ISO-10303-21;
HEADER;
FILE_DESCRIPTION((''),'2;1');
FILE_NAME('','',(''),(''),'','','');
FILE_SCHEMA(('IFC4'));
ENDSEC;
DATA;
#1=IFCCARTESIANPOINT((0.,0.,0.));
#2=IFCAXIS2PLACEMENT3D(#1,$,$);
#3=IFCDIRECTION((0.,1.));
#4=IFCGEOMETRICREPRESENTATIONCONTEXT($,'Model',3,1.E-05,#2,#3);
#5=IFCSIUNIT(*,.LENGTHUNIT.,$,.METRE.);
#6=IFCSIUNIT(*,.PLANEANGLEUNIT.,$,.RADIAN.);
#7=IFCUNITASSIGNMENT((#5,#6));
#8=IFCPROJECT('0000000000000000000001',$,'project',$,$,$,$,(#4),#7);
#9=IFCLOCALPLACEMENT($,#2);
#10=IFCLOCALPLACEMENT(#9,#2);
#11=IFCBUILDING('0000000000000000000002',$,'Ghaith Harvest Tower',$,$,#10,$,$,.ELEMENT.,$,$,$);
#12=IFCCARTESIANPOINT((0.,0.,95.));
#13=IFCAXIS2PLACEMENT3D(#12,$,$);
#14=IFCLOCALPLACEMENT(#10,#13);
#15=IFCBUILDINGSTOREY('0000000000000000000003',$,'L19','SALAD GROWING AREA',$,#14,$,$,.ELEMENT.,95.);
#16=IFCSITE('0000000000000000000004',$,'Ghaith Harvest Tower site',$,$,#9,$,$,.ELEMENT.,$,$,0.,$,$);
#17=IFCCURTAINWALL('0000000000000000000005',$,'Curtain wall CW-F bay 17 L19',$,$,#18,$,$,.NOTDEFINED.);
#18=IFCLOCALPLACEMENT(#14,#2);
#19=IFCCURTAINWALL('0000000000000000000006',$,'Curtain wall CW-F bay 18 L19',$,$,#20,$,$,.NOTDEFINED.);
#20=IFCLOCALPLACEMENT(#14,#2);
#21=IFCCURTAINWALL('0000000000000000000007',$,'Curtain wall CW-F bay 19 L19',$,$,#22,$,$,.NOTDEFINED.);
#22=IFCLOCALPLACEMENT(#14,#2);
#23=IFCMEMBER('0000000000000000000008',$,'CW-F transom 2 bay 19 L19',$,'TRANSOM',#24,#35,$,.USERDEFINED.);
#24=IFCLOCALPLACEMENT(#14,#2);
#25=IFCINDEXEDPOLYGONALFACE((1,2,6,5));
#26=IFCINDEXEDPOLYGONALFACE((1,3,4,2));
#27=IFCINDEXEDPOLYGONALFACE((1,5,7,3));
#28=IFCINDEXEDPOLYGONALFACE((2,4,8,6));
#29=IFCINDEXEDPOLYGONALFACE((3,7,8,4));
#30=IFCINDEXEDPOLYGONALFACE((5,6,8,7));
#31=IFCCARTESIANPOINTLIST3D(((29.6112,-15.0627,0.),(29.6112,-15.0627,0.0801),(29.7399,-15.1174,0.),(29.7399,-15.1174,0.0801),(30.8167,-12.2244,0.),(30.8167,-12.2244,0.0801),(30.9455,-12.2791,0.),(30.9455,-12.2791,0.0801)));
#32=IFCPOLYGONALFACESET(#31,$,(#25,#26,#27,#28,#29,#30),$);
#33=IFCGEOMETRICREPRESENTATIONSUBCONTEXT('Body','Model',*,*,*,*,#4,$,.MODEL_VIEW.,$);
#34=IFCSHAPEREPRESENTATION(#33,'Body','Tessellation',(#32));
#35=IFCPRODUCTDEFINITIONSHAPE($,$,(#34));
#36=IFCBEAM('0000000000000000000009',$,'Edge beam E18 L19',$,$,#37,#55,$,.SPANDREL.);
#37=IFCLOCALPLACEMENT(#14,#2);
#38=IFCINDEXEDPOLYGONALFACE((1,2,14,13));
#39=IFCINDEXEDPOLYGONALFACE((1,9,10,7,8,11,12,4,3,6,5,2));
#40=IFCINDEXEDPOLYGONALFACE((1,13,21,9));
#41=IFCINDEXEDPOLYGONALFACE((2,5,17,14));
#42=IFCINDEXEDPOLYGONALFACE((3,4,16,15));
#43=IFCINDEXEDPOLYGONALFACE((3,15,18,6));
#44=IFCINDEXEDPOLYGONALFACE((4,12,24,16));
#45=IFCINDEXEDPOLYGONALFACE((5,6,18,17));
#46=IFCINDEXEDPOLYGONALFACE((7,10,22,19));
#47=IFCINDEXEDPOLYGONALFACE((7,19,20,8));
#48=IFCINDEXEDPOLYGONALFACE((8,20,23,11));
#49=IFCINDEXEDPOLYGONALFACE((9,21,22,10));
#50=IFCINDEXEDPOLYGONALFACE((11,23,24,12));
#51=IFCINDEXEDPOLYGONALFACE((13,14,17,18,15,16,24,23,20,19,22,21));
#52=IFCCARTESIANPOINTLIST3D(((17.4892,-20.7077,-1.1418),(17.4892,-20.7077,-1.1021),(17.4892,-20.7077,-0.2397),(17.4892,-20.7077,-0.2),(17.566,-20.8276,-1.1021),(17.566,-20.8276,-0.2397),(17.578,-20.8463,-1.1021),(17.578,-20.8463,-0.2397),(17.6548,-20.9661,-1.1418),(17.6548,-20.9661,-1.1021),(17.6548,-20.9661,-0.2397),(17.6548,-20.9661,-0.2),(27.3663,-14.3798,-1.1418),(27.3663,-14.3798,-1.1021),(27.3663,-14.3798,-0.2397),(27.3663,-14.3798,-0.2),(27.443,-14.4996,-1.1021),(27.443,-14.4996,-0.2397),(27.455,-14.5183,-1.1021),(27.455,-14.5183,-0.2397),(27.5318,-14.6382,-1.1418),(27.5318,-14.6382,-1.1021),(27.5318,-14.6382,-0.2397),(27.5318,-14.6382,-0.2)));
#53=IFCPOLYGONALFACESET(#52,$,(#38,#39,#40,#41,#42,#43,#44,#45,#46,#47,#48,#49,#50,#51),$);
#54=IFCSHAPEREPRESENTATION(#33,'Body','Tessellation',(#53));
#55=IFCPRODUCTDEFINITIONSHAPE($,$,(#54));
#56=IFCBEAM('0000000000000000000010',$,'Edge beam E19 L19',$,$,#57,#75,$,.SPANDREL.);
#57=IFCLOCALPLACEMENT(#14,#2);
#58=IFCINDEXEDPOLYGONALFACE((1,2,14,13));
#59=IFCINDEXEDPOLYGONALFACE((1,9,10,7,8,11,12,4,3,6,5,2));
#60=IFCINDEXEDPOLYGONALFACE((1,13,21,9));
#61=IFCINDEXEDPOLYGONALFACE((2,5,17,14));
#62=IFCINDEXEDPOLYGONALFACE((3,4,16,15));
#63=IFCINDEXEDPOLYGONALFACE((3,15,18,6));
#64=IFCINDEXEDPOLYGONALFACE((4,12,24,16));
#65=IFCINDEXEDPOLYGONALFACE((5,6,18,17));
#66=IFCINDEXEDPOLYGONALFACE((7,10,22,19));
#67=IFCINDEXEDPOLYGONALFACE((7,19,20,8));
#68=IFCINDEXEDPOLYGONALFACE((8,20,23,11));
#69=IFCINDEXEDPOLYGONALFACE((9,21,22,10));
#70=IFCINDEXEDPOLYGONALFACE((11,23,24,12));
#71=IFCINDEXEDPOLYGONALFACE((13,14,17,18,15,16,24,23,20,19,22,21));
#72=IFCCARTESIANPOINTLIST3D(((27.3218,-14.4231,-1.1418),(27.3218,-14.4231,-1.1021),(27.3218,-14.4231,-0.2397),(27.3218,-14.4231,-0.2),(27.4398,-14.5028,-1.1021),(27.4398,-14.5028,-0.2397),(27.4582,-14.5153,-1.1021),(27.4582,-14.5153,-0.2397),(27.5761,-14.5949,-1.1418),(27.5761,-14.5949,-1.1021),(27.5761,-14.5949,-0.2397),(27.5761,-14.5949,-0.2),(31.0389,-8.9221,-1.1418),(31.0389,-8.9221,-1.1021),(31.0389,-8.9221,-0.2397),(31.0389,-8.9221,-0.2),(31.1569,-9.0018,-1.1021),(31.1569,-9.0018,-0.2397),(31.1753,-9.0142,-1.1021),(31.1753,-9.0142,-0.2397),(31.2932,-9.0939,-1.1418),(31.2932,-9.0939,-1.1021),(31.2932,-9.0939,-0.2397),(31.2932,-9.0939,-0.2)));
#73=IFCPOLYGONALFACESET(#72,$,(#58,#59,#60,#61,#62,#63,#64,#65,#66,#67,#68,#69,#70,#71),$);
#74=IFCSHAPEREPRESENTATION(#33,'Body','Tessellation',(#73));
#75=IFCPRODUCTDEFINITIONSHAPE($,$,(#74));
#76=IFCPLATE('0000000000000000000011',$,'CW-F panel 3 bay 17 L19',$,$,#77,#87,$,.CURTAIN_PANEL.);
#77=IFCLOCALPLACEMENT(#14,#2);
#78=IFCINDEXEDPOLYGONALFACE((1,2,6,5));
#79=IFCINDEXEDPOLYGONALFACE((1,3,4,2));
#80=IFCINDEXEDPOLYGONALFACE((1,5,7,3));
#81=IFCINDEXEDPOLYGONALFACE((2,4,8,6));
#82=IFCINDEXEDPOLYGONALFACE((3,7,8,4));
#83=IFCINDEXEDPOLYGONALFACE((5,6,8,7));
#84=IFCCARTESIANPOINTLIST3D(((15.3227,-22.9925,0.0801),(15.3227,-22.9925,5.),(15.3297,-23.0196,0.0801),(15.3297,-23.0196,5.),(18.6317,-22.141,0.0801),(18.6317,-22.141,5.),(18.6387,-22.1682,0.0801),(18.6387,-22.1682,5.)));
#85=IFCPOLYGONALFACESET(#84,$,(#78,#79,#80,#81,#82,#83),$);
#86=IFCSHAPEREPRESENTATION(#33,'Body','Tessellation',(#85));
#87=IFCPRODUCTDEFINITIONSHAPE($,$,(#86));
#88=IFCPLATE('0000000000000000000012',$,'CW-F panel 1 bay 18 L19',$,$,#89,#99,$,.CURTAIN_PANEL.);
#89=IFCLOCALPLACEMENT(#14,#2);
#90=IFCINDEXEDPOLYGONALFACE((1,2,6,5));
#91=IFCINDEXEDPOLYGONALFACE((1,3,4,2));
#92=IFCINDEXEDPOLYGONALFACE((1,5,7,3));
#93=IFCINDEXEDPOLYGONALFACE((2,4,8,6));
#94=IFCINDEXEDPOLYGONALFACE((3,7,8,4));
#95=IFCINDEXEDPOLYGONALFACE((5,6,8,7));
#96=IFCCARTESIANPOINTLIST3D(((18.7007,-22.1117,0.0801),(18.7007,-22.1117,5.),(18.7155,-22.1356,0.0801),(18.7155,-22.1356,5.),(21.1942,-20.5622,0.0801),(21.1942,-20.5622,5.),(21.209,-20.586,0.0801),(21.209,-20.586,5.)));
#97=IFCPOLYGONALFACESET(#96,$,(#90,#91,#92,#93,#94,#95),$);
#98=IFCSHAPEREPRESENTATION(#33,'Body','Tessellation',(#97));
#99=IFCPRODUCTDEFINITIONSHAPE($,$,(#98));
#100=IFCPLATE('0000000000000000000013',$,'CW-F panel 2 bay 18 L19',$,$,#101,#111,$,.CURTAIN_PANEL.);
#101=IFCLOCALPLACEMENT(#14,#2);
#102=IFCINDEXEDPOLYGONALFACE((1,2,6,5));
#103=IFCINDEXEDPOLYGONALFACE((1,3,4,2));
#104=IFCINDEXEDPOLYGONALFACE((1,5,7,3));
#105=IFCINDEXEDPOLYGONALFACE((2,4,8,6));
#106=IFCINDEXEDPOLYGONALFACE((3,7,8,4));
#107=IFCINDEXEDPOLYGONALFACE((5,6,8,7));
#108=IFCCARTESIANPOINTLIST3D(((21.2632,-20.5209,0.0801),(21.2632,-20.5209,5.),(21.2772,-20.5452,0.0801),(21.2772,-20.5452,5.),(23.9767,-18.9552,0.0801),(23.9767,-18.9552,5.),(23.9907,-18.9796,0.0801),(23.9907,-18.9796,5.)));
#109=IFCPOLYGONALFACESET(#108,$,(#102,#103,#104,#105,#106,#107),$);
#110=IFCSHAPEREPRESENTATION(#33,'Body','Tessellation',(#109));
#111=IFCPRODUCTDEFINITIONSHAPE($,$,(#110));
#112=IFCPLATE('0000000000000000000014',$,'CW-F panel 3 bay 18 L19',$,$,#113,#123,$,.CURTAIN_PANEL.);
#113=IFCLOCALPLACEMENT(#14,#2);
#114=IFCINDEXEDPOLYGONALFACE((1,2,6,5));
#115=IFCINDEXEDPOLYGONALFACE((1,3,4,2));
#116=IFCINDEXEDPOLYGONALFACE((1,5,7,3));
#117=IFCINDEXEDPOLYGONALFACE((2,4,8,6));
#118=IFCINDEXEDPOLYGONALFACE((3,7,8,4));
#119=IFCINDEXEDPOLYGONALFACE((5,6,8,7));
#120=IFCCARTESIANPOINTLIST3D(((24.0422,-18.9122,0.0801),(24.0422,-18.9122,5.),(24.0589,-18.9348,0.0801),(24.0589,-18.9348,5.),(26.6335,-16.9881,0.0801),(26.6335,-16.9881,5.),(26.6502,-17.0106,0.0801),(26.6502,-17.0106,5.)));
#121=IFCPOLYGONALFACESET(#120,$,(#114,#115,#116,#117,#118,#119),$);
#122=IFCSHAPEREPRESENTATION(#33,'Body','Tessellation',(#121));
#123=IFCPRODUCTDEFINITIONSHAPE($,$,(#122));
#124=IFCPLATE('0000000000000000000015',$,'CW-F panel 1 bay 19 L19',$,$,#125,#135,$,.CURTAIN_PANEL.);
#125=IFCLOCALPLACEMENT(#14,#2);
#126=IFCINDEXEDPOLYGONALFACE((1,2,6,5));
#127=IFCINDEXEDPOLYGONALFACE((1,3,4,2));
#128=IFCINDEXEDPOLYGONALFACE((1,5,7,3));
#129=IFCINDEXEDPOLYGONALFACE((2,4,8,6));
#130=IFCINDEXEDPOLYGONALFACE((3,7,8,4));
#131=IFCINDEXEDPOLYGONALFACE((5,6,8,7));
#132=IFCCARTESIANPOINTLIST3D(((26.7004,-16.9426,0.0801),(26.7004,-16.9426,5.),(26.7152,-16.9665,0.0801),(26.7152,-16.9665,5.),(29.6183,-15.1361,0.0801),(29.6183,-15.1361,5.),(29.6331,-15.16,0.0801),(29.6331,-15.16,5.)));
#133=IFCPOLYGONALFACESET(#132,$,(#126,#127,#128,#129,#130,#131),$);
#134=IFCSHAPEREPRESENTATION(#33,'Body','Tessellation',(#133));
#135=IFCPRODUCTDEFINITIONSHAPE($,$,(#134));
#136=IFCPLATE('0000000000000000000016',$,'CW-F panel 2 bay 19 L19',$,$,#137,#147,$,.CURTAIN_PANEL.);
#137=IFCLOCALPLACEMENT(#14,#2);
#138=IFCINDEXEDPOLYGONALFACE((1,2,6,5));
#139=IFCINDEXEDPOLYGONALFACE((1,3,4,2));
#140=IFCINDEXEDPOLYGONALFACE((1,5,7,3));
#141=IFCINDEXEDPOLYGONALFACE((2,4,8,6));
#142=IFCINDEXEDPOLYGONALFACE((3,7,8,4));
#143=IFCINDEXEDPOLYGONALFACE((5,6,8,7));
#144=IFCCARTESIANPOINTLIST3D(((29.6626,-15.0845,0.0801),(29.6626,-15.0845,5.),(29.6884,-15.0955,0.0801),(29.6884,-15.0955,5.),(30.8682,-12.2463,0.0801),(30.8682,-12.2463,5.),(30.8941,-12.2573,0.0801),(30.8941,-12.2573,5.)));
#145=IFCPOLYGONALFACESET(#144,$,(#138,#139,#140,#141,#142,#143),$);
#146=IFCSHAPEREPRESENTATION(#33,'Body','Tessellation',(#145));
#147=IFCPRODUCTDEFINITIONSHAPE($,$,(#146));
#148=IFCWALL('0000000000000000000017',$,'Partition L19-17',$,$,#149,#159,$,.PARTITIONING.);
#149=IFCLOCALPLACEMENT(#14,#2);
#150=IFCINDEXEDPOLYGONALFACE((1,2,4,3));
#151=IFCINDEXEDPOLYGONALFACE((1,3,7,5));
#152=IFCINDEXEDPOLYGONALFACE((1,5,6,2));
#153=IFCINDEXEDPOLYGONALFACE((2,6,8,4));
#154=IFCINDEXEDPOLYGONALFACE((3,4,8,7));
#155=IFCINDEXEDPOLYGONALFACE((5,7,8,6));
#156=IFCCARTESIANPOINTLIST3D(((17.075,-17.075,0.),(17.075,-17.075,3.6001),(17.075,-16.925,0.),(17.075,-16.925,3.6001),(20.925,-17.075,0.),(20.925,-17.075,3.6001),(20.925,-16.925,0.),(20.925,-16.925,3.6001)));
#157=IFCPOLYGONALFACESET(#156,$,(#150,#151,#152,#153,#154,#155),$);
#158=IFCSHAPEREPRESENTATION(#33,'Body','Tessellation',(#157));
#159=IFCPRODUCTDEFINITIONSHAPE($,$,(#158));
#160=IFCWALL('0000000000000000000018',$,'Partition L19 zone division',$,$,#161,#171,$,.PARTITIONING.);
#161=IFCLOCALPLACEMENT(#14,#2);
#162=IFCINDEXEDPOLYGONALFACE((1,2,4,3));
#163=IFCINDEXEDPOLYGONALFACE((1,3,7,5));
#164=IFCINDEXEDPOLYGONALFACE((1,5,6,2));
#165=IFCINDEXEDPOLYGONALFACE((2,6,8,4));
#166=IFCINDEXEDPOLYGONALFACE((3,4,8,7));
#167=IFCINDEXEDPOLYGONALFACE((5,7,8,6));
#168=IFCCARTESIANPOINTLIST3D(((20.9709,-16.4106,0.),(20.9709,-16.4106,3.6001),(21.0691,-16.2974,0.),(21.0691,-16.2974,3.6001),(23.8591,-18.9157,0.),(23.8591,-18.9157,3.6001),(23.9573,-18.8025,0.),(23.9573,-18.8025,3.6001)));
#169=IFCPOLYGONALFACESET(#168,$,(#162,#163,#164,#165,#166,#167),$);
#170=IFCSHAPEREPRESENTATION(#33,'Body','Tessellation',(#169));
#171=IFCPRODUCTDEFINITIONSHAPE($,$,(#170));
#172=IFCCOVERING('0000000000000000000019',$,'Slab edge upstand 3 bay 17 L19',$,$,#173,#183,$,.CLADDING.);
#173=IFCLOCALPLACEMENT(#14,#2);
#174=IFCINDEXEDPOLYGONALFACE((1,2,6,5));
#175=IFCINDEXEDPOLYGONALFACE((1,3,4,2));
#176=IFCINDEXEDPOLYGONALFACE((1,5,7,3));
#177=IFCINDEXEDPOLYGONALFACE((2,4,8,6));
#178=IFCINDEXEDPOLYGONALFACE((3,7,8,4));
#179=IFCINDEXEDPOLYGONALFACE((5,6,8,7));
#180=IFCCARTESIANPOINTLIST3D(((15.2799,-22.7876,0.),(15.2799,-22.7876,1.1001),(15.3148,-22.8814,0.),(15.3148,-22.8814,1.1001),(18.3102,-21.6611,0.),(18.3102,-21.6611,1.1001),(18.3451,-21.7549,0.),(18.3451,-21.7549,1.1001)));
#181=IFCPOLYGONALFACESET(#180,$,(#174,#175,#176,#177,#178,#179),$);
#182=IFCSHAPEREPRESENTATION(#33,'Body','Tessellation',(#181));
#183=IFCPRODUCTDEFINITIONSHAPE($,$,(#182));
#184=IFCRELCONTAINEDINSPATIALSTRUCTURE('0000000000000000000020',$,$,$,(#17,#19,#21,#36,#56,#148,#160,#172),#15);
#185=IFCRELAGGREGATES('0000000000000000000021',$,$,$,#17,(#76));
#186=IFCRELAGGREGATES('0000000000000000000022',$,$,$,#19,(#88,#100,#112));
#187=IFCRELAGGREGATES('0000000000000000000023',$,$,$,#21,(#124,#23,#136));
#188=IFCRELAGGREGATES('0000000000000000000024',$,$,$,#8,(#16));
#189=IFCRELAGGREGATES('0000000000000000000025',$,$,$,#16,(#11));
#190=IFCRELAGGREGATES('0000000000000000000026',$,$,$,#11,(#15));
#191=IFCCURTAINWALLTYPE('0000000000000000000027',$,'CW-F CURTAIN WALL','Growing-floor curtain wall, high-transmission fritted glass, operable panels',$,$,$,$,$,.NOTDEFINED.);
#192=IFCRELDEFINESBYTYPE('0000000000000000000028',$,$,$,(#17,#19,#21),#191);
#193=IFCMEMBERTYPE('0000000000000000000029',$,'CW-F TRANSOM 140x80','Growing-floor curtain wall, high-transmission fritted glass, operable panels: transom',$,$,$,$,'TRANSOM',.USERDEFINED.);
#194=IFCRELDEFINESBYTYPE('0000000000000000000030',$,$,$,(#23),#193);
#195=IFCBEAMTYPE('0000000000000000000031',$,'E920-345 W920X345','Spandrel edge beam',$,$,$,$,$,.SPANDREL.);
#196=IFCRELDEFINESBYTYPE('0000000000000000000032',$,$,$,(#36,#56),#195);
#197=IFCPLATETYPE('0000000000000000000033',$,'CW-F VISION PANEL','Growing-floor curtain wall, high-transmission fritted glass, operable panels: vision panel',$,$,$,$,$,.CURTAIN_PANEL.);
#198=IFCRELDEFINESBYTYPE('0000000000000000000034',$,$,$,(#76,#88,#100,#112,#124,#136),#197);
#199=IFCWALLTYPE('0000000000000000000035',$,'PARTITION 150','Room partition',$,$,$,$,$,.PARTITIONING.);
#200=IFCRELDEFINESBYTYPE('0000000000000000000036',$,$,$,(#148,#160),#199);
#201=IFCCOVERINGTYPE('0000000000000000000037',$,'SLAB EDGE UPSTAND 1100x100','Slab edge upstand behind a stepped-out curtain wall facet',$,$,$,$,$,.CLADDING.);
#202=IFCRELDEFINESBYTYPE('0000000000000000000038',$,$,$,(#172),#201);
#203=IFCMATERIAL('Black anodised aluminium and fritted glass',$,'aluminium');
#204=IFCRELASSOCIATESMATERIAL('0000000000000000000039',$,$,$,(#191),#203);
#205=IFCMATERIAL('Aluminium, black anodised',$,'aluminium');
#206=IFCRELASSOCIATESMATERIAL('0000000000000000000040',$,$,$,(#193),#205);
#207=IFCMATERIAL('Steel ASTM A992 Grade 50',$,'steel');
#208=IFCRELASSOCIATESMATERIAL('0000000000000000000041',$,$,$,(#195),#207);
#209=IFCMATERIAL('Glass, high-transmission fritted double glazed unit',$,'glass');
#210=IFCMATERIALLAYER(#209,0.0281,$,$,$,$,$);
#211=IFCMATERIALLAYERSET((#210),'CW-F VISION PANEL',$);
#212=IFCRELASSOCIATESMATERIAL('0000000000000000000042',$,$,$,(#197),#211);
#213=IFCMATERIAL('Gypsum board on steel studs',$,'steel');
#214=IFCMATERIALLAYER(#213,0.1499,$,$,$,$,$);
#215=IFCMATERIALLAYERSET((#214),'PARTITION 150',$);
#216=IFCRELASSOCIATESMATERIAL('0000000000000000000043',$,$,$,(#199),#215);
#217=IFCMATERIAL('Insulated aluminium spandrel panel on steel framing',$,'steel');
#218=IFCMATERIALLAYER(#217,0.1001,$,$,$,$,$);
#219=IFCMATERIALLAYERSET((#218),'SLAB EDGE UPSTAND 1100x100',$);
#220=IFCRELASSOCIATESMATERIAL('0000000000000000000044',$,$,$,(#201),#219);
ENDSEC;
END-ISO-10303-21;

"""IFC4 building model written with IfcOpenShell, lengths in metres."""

from ifc_helpers import new_model, si_unit, direction, frame, frame_2d, origin, origin_2d, place, context, subcontext, project, spatial, rectangle, i_section, extrude, material, layer, layer_set, material_profile, profile_set, type_object, element, aggregate, save


model = new_model("IFC4")

# Units and contexts
model_context = context("Model", 3, precision=1e-05, world=origin(), true_north=direction((0.0, 1.0)))
body_context = subcontext(model_context, "Body", "Model", "MODEL_VIEW")
ifc_project = project(units=[si_unit("LENGTHUNIT", "METRE"), si_unit("PLANEANGLEUNIT", "RADIAN")], contexts=[model_context])

# Site, building, storey
site_placement = place(None, origin())
site = spatial("IfcSite", under=ifc_project, at=site_placement, Name="Ghaith Harvest Tower site", CompositionType="ELEMENT", RefElevation=0.0)
building_placement = place(site_placement, origin())
building = spatial("IfcBuilding", under=site, at=building_placement, Name="Ghaith Harvest Tower", CompositionType="ELEMENT")
storey_placement = place(building_placement, frame((0.0, 0.0, 95.0)))
storey = spatial("IfcBuildingStorey", under=building, at=storey_placement, Name="L19", Description="SALAD GROWING AREA", CompositionType="ELEMENT", Elevation=95.0)

# Curtain wall
ifc_material_1 = material(Name="Black anodised aluminium and fritted glass", Category="aluminium")
curtain_wall_type = type_object("IfcCurtainWallType", Name="CW-F CURTAIN WALL", Description="Growing-floor curtain wall, high-transmission fritted glass, operable panels", PredefinedType="NOTDEFINED", material=ifc_material_1)
curtain_wall_1_placement = place(storey_placement, origin())
curtain_wall_1 = element("IfcCurtainWall", 1, at=curtain_wall_1_placement, inside=storey, type_object=curtain_wall_type, Name="Curtain wall CW-F bay 17 L19", PredefinedType="NOTDEFINED")

# Curtain walls
curtain_wall_2_placement = place(storey_placement, origin())
curtain_wall_2 = element("IfcCurtainWall", 2, at=curtain_wall_2_placement, inside=storey, type_object=curtain_wall_type, Name="Curtain wall CW-F bay 18 L19", PredefinedType="NOTDEFINED")
curtain_wall_3_placement = place(storey_placement, origin())
curtain_wall_3 = element("IfcCurtainWall", 3, at=curtain_wall_3_placement, inside=storey, type_object=curtain_wall_type, Name="Curtain wall CW-F bay 19 L19", PredefinedType="NOTDEFINED")

# Member
ifc_material_2 = material(Name="Aluminium, black anodised", Category="aluminium")
ifc_material_profile_1 = material_profile(ifc_material_2, rectangle(XDim=0.1399, YDim=0.0801, at=origin_2d()), Name="CW-F TRANSOM 140x80")
ifc_profile_set_1 = profile_set([ifc_material_profile_1], Name="Aluminium, black anodised")
member_type_1 = type_object("IfcMemberType", Name="CW-F TRANSOM 140x80", Description="Growing-floor curtain wall, high-transmission fritted glass, operable panels: transom", ElementType="TRANSOM", PredefinedType="USERDEFINED", material=ifc_profile_set_1)
member_1_placement = place(storey_placement, frame((29.6755, -15.0901, 0.04), z_axis=(0.390936, 0.920418, 0.0), x_axis=(-0.920418, 0.390936, 0.0)))
member_1 = element("IfcMember", 4, at=member_1_placement, type_object=member_type_1, Name="CW-F transom 2 bay 19 L19", ObjectType="TRANSOM", PredefinedType="USERDEFINED", context=body_context, shape_type="SweptSolid", body=[
    extrude(rectangle(XDim=0.1399, YDim=0.0801, at=origin_2d()), origin(), (0.0, 0.0, 1.0), 3.0837),
])

# Beams
ifc_material_3 = material(Name="Steel ASTM A992 Grade 50", Category="steel")
ifc_material_profile_2 = material_profile(ifc_material_3, i_section(OverallWidth=0.3069, OverallDepth=0.9419, WebThickness=0.0222, FlangeThickness=0.0398, at=origin_2d()), Name="W920X345")
ifc_profile_set_2 = profile_set([ifc_material_profile_2], Name="Steel ASTM A992 Grade 50")
beam_type = type_object("IfcBeamType", Name="E920-345 W920X345", Description="Spandrel edge beam", PredefinedType="SPANDREL", material=ifc_profile_set_2)
beam_1_placement = place(storey_placement, frame((17.572, -20.8369, -0.6709), z_axis=(0.842015, 0.539455, 0.0), x_axis=(-0.539455, 0.842015, 0.0)))
element("IfcBeam", 5, at=beam_1_placement, inside=storey, type_object=beam_type, Name="Edge beam E18 L19", PredefinedType="SPANDREL", context=body_context, shape_type="SweptSolid", body=[
    extrude(i_section(OverallWidth=0.3069, OverallDepth=0.9419, WebThickness=0.0222, FlangeThickness=0.0398, at=origin_2d()), origin(), (0.0, 0.0, 1.0), 11.7302),
])
beam_2_placement = place(storey_placement, frame((27.449, -14.509, -0.6709), z_axis=(0.559874, 0.828577, 0.0), x_axis=(-0.828577, 0.559874, 0.0)))
element("IfcBeam", 6, at=beam_2_placement, inside=storey, type_object=beam_type, Name="Edge beam E19 L19", PredefinedType="SPANDREL", context=body_context, shape_type="SweptSolid", body=[
    extrude(i_section(OverallWidth=0.3069, OverallDepth=0.9419, WebThickness=0.0222, FlangeThickness=0.0398, at=origin_2d()), origin(), (0.0, 0.0, 1.0), 6.6392),
])

# Plates
ifc_material_4 = material(Name="Glass, high-transmission fritted double glazed unit", Category="glass")
ifc_layer_1 = layer(ifc_material_4, 0.0281)
ifc_layer_set_1 = layer_set([ifc_layer_1], Name="CW-F VISION PANEL")
plate_type = type_object("IfcPlateType", Name="CW-F VISION PANEL", Description="Growing-floor curtain wall, high-transmission fritted glass, operable panels: vision panel", PredefinedType="CURTAIN_PANEL", material=ifc_layer_set_1)
plate_1_placement = place(storey_placement, frame((16.9807, -22.5803, 0.0801), z_axis=(0.0, 0.0, 1.0), x_axis=(0.968451, 0.249202, 0.0)))
plate_1 = element("IfcPlate", 7, at=plate_1_placement, type_object=plate_type, Name="CW-F panel 3 bay 17 L19", PredefinedType="CURTAIN_PANEL", context=body_context, shape_type="SweptSolid", body=[
    extrude(rectangle(XDim=3.4167, YDim=0.0281, at=origin_2d()), origin(), (0.0, 0.0, 1.0), 4.9199),
])
aggregate(curtain_wall_1, [plate_1])
plate_2_placement = place(storey_placement, frame((19.9548, -21.3489, 0.0801), z_axis=(0.0, 0.0, 1.0), x_axis=(0.849361, 0.527813, 0.0)))
plate_2 = element("IfcPlate", 8, at=plate_2_placement, type_object=plate_type, Name="CW-F panel 1 bay 18 L19", PredefinedType="CURTAIN_PANEL", context=body_context, shape_type="SweptSolid", body=[
    extrude(rectangle(XDim=2.9358, YDim=0.0281, at=origin_2d()), origin(), (0.0, 0.0, 1.0), 4.9199),
])
plate_3_placement = place(storey_placement, frame((22.627, -19.7502, 0.0801), z_axis=(0.0, 0.0, 1.0), x_axis=(0.866159, 0.499768, 0.0)))
plate_3 = element("IfcPlate", 9, at=plate_3_placement, type_object=plate_type, Name="CW-F panel 2 bay 18 L19", PredefinedType="CURTAIN_PANEL", context=body_context, shape_type="SweptSolid", body=[
    extrude(rectangle(XDim=3.1328, YDim=0.0281, at=origin_2d()), origin(), (0.0, 0.0, 1.0), 4.9199),
])
plate_4_placement = place(storey_placement, frame((25.3462, -17.9614, 0.0801), z_axis=(0.0, 0.0, 1.0), x_axis=(0.802867, 0.596158, 0.0)))
plate_4 = element("IfcPlate", 10, at=plate_4_placement, type_object=plate_type, Name="CW-F panel 3 bay 18 L19", PredefinedType="CURTAIN_PANEL", context=body_context, shape_type="SweptSolid", body=[
    extrude(rectangle(XDim=3.2275, YDim=0.0281, at=origin_2d()), origin(), (0.0, 0.0, 1.0), 4.9199),
])
aggregate(curtain_wall_2, [plate_2, plate_3, plate_4])
plate_5_placement = place(storey_placement, frame((28.1667, -16.0513, 0.0801), z_axis=(0.0, 0.0, 1.0), x_axis=(0.850246, 0.526386, 0.0)))
plate_5 = element("IfcPlate", 11, at=plate_5_placement, type_object=plate_type, Name="CW-F panel 1 bay 19 L19", PredefinedType="CURTAIN_PANEL", context=body_context, shape_type="SweptSolid", body=[
    extrude(rectangle(XDim=3.4319, YDim=0.0281, at=origin_2d()), origin(), (0.0, 0.0, 1.0), 4.9199),
])
plate_6_placement = place(storey_placement, frame((30.2783, -13.6709, 0.0801), z_axis=(0.0, 0.0, 1.0), x_axis=(0.39098, 0.920399, 0.0)))
plate_6 = element("IfcPlate", 12, at=plate_6_placement, type_object=plate_type, Name="CW-F panel 2 bay 19 L19", PredefinedType="CURTAIN_PANEL", context=body_context, shape_type="SweptSolid", body=[
    extrude(rectangle(XDim=3.0837, YDim=0.0281, at=origin_2d()), origin(), (0.0, 0.0, 1.0), 4.9199),
])
aggregate(curtain_wall_3, [plate_5, member_1, plate_6])

# Walls
ifc_material_5 = material(Name="Gypsum board on steel studs", Category="steel")
ifc_layer_2 = layer(ifc_material_5, 0.1499)
ifc_layer_set_2 = layer_set([ifc_layer_2], Name="PARTITION 150")
wall_type = type_object("IfcWallType", Name="PARTITION 150", Description="Room partition", PredefinedType="PARTITIONING", material=ifc_layer_set_2)
wall_1_placement = place(storey_placement, frame((17.075, -17.0, 0.0), z_axis=(0.0, 0.0, 1.0), x_axis=(1.0, 0.0, 0.0)))
element("IfcWall", 13, at=wall_1_placement, inside=storey, type_object=wall_type, Name="Partition L19-17", PredefinedType="PARTITIONING", context=body_context, shape_type="SweptSolid", body=[
    extrude(rectangle(XDim=3.8501, YDim=0.1499, at=frame_2d((1.925, 0.0))), origin(), (0.0, 0.0, 1.0), 3.6001),
])
wall_2_placement = place(storey_placement, frame((21.02, -16.354, 0.0), z_axis=(0.0, 0.0, 1.0), x_axis=(0.755426, -0.655234, 0.0)))
element("IfcWall", 14, at=wall_2_placement, inside=storey, type_object=wall_type, Name="Partition L19 zone division", PredefinedType="PARTITIONING", context=body_context, shape_type="SweptSolid", body=[
    extrude(rectangle(XDim=3.8232, YDim=0.1499, at=frame_2d((1.9116, 0.0))), origin(), (0.0, 0.0, 1.0), 3.6001),
])

# Covering
ifc_material_6 = material(Name="Insulated aluminium spandrel panel on steel framing", Category="steel")
ifc_layer_3 = layer(ifc_material_6, 0.1001)
ifc_layer_set_3 = layer_set([ifc_layer_3], Name="SLAB EDGE UPSTAND 1100x100")
covering_type = type_object("IfcCoveringType", Name="SLAB EDGE UPSTAND 1100x100", Description="Slab edge upstand behind a stepped-out curtain wall facet", PredefinedType="CLADDING", material=ifc_layer_set_3)
covering_1_placement = place(storey_placement, frame((16.8125, -22.2712, 0.0), z_axis=(0.0, 0.0, 1.0), x_axis=(0.937332, 0.348438, 0.0)))
element("IfcCovering", 15, at=covering_1_placement, inside=storey, type_object=covering_type, Name="Slab edge upstand 3 bay 17 L19", PredefinedType="CLADDING", context=body_context, shape_type="SweptSolid", body=[
    extrude(rectangle(XDim=3.2329, YDim=0.1001, at=origin_2d()), origin(), (0.0, 0.0, 1.0), 1.1001),
])

save(model, "model.ifc")
